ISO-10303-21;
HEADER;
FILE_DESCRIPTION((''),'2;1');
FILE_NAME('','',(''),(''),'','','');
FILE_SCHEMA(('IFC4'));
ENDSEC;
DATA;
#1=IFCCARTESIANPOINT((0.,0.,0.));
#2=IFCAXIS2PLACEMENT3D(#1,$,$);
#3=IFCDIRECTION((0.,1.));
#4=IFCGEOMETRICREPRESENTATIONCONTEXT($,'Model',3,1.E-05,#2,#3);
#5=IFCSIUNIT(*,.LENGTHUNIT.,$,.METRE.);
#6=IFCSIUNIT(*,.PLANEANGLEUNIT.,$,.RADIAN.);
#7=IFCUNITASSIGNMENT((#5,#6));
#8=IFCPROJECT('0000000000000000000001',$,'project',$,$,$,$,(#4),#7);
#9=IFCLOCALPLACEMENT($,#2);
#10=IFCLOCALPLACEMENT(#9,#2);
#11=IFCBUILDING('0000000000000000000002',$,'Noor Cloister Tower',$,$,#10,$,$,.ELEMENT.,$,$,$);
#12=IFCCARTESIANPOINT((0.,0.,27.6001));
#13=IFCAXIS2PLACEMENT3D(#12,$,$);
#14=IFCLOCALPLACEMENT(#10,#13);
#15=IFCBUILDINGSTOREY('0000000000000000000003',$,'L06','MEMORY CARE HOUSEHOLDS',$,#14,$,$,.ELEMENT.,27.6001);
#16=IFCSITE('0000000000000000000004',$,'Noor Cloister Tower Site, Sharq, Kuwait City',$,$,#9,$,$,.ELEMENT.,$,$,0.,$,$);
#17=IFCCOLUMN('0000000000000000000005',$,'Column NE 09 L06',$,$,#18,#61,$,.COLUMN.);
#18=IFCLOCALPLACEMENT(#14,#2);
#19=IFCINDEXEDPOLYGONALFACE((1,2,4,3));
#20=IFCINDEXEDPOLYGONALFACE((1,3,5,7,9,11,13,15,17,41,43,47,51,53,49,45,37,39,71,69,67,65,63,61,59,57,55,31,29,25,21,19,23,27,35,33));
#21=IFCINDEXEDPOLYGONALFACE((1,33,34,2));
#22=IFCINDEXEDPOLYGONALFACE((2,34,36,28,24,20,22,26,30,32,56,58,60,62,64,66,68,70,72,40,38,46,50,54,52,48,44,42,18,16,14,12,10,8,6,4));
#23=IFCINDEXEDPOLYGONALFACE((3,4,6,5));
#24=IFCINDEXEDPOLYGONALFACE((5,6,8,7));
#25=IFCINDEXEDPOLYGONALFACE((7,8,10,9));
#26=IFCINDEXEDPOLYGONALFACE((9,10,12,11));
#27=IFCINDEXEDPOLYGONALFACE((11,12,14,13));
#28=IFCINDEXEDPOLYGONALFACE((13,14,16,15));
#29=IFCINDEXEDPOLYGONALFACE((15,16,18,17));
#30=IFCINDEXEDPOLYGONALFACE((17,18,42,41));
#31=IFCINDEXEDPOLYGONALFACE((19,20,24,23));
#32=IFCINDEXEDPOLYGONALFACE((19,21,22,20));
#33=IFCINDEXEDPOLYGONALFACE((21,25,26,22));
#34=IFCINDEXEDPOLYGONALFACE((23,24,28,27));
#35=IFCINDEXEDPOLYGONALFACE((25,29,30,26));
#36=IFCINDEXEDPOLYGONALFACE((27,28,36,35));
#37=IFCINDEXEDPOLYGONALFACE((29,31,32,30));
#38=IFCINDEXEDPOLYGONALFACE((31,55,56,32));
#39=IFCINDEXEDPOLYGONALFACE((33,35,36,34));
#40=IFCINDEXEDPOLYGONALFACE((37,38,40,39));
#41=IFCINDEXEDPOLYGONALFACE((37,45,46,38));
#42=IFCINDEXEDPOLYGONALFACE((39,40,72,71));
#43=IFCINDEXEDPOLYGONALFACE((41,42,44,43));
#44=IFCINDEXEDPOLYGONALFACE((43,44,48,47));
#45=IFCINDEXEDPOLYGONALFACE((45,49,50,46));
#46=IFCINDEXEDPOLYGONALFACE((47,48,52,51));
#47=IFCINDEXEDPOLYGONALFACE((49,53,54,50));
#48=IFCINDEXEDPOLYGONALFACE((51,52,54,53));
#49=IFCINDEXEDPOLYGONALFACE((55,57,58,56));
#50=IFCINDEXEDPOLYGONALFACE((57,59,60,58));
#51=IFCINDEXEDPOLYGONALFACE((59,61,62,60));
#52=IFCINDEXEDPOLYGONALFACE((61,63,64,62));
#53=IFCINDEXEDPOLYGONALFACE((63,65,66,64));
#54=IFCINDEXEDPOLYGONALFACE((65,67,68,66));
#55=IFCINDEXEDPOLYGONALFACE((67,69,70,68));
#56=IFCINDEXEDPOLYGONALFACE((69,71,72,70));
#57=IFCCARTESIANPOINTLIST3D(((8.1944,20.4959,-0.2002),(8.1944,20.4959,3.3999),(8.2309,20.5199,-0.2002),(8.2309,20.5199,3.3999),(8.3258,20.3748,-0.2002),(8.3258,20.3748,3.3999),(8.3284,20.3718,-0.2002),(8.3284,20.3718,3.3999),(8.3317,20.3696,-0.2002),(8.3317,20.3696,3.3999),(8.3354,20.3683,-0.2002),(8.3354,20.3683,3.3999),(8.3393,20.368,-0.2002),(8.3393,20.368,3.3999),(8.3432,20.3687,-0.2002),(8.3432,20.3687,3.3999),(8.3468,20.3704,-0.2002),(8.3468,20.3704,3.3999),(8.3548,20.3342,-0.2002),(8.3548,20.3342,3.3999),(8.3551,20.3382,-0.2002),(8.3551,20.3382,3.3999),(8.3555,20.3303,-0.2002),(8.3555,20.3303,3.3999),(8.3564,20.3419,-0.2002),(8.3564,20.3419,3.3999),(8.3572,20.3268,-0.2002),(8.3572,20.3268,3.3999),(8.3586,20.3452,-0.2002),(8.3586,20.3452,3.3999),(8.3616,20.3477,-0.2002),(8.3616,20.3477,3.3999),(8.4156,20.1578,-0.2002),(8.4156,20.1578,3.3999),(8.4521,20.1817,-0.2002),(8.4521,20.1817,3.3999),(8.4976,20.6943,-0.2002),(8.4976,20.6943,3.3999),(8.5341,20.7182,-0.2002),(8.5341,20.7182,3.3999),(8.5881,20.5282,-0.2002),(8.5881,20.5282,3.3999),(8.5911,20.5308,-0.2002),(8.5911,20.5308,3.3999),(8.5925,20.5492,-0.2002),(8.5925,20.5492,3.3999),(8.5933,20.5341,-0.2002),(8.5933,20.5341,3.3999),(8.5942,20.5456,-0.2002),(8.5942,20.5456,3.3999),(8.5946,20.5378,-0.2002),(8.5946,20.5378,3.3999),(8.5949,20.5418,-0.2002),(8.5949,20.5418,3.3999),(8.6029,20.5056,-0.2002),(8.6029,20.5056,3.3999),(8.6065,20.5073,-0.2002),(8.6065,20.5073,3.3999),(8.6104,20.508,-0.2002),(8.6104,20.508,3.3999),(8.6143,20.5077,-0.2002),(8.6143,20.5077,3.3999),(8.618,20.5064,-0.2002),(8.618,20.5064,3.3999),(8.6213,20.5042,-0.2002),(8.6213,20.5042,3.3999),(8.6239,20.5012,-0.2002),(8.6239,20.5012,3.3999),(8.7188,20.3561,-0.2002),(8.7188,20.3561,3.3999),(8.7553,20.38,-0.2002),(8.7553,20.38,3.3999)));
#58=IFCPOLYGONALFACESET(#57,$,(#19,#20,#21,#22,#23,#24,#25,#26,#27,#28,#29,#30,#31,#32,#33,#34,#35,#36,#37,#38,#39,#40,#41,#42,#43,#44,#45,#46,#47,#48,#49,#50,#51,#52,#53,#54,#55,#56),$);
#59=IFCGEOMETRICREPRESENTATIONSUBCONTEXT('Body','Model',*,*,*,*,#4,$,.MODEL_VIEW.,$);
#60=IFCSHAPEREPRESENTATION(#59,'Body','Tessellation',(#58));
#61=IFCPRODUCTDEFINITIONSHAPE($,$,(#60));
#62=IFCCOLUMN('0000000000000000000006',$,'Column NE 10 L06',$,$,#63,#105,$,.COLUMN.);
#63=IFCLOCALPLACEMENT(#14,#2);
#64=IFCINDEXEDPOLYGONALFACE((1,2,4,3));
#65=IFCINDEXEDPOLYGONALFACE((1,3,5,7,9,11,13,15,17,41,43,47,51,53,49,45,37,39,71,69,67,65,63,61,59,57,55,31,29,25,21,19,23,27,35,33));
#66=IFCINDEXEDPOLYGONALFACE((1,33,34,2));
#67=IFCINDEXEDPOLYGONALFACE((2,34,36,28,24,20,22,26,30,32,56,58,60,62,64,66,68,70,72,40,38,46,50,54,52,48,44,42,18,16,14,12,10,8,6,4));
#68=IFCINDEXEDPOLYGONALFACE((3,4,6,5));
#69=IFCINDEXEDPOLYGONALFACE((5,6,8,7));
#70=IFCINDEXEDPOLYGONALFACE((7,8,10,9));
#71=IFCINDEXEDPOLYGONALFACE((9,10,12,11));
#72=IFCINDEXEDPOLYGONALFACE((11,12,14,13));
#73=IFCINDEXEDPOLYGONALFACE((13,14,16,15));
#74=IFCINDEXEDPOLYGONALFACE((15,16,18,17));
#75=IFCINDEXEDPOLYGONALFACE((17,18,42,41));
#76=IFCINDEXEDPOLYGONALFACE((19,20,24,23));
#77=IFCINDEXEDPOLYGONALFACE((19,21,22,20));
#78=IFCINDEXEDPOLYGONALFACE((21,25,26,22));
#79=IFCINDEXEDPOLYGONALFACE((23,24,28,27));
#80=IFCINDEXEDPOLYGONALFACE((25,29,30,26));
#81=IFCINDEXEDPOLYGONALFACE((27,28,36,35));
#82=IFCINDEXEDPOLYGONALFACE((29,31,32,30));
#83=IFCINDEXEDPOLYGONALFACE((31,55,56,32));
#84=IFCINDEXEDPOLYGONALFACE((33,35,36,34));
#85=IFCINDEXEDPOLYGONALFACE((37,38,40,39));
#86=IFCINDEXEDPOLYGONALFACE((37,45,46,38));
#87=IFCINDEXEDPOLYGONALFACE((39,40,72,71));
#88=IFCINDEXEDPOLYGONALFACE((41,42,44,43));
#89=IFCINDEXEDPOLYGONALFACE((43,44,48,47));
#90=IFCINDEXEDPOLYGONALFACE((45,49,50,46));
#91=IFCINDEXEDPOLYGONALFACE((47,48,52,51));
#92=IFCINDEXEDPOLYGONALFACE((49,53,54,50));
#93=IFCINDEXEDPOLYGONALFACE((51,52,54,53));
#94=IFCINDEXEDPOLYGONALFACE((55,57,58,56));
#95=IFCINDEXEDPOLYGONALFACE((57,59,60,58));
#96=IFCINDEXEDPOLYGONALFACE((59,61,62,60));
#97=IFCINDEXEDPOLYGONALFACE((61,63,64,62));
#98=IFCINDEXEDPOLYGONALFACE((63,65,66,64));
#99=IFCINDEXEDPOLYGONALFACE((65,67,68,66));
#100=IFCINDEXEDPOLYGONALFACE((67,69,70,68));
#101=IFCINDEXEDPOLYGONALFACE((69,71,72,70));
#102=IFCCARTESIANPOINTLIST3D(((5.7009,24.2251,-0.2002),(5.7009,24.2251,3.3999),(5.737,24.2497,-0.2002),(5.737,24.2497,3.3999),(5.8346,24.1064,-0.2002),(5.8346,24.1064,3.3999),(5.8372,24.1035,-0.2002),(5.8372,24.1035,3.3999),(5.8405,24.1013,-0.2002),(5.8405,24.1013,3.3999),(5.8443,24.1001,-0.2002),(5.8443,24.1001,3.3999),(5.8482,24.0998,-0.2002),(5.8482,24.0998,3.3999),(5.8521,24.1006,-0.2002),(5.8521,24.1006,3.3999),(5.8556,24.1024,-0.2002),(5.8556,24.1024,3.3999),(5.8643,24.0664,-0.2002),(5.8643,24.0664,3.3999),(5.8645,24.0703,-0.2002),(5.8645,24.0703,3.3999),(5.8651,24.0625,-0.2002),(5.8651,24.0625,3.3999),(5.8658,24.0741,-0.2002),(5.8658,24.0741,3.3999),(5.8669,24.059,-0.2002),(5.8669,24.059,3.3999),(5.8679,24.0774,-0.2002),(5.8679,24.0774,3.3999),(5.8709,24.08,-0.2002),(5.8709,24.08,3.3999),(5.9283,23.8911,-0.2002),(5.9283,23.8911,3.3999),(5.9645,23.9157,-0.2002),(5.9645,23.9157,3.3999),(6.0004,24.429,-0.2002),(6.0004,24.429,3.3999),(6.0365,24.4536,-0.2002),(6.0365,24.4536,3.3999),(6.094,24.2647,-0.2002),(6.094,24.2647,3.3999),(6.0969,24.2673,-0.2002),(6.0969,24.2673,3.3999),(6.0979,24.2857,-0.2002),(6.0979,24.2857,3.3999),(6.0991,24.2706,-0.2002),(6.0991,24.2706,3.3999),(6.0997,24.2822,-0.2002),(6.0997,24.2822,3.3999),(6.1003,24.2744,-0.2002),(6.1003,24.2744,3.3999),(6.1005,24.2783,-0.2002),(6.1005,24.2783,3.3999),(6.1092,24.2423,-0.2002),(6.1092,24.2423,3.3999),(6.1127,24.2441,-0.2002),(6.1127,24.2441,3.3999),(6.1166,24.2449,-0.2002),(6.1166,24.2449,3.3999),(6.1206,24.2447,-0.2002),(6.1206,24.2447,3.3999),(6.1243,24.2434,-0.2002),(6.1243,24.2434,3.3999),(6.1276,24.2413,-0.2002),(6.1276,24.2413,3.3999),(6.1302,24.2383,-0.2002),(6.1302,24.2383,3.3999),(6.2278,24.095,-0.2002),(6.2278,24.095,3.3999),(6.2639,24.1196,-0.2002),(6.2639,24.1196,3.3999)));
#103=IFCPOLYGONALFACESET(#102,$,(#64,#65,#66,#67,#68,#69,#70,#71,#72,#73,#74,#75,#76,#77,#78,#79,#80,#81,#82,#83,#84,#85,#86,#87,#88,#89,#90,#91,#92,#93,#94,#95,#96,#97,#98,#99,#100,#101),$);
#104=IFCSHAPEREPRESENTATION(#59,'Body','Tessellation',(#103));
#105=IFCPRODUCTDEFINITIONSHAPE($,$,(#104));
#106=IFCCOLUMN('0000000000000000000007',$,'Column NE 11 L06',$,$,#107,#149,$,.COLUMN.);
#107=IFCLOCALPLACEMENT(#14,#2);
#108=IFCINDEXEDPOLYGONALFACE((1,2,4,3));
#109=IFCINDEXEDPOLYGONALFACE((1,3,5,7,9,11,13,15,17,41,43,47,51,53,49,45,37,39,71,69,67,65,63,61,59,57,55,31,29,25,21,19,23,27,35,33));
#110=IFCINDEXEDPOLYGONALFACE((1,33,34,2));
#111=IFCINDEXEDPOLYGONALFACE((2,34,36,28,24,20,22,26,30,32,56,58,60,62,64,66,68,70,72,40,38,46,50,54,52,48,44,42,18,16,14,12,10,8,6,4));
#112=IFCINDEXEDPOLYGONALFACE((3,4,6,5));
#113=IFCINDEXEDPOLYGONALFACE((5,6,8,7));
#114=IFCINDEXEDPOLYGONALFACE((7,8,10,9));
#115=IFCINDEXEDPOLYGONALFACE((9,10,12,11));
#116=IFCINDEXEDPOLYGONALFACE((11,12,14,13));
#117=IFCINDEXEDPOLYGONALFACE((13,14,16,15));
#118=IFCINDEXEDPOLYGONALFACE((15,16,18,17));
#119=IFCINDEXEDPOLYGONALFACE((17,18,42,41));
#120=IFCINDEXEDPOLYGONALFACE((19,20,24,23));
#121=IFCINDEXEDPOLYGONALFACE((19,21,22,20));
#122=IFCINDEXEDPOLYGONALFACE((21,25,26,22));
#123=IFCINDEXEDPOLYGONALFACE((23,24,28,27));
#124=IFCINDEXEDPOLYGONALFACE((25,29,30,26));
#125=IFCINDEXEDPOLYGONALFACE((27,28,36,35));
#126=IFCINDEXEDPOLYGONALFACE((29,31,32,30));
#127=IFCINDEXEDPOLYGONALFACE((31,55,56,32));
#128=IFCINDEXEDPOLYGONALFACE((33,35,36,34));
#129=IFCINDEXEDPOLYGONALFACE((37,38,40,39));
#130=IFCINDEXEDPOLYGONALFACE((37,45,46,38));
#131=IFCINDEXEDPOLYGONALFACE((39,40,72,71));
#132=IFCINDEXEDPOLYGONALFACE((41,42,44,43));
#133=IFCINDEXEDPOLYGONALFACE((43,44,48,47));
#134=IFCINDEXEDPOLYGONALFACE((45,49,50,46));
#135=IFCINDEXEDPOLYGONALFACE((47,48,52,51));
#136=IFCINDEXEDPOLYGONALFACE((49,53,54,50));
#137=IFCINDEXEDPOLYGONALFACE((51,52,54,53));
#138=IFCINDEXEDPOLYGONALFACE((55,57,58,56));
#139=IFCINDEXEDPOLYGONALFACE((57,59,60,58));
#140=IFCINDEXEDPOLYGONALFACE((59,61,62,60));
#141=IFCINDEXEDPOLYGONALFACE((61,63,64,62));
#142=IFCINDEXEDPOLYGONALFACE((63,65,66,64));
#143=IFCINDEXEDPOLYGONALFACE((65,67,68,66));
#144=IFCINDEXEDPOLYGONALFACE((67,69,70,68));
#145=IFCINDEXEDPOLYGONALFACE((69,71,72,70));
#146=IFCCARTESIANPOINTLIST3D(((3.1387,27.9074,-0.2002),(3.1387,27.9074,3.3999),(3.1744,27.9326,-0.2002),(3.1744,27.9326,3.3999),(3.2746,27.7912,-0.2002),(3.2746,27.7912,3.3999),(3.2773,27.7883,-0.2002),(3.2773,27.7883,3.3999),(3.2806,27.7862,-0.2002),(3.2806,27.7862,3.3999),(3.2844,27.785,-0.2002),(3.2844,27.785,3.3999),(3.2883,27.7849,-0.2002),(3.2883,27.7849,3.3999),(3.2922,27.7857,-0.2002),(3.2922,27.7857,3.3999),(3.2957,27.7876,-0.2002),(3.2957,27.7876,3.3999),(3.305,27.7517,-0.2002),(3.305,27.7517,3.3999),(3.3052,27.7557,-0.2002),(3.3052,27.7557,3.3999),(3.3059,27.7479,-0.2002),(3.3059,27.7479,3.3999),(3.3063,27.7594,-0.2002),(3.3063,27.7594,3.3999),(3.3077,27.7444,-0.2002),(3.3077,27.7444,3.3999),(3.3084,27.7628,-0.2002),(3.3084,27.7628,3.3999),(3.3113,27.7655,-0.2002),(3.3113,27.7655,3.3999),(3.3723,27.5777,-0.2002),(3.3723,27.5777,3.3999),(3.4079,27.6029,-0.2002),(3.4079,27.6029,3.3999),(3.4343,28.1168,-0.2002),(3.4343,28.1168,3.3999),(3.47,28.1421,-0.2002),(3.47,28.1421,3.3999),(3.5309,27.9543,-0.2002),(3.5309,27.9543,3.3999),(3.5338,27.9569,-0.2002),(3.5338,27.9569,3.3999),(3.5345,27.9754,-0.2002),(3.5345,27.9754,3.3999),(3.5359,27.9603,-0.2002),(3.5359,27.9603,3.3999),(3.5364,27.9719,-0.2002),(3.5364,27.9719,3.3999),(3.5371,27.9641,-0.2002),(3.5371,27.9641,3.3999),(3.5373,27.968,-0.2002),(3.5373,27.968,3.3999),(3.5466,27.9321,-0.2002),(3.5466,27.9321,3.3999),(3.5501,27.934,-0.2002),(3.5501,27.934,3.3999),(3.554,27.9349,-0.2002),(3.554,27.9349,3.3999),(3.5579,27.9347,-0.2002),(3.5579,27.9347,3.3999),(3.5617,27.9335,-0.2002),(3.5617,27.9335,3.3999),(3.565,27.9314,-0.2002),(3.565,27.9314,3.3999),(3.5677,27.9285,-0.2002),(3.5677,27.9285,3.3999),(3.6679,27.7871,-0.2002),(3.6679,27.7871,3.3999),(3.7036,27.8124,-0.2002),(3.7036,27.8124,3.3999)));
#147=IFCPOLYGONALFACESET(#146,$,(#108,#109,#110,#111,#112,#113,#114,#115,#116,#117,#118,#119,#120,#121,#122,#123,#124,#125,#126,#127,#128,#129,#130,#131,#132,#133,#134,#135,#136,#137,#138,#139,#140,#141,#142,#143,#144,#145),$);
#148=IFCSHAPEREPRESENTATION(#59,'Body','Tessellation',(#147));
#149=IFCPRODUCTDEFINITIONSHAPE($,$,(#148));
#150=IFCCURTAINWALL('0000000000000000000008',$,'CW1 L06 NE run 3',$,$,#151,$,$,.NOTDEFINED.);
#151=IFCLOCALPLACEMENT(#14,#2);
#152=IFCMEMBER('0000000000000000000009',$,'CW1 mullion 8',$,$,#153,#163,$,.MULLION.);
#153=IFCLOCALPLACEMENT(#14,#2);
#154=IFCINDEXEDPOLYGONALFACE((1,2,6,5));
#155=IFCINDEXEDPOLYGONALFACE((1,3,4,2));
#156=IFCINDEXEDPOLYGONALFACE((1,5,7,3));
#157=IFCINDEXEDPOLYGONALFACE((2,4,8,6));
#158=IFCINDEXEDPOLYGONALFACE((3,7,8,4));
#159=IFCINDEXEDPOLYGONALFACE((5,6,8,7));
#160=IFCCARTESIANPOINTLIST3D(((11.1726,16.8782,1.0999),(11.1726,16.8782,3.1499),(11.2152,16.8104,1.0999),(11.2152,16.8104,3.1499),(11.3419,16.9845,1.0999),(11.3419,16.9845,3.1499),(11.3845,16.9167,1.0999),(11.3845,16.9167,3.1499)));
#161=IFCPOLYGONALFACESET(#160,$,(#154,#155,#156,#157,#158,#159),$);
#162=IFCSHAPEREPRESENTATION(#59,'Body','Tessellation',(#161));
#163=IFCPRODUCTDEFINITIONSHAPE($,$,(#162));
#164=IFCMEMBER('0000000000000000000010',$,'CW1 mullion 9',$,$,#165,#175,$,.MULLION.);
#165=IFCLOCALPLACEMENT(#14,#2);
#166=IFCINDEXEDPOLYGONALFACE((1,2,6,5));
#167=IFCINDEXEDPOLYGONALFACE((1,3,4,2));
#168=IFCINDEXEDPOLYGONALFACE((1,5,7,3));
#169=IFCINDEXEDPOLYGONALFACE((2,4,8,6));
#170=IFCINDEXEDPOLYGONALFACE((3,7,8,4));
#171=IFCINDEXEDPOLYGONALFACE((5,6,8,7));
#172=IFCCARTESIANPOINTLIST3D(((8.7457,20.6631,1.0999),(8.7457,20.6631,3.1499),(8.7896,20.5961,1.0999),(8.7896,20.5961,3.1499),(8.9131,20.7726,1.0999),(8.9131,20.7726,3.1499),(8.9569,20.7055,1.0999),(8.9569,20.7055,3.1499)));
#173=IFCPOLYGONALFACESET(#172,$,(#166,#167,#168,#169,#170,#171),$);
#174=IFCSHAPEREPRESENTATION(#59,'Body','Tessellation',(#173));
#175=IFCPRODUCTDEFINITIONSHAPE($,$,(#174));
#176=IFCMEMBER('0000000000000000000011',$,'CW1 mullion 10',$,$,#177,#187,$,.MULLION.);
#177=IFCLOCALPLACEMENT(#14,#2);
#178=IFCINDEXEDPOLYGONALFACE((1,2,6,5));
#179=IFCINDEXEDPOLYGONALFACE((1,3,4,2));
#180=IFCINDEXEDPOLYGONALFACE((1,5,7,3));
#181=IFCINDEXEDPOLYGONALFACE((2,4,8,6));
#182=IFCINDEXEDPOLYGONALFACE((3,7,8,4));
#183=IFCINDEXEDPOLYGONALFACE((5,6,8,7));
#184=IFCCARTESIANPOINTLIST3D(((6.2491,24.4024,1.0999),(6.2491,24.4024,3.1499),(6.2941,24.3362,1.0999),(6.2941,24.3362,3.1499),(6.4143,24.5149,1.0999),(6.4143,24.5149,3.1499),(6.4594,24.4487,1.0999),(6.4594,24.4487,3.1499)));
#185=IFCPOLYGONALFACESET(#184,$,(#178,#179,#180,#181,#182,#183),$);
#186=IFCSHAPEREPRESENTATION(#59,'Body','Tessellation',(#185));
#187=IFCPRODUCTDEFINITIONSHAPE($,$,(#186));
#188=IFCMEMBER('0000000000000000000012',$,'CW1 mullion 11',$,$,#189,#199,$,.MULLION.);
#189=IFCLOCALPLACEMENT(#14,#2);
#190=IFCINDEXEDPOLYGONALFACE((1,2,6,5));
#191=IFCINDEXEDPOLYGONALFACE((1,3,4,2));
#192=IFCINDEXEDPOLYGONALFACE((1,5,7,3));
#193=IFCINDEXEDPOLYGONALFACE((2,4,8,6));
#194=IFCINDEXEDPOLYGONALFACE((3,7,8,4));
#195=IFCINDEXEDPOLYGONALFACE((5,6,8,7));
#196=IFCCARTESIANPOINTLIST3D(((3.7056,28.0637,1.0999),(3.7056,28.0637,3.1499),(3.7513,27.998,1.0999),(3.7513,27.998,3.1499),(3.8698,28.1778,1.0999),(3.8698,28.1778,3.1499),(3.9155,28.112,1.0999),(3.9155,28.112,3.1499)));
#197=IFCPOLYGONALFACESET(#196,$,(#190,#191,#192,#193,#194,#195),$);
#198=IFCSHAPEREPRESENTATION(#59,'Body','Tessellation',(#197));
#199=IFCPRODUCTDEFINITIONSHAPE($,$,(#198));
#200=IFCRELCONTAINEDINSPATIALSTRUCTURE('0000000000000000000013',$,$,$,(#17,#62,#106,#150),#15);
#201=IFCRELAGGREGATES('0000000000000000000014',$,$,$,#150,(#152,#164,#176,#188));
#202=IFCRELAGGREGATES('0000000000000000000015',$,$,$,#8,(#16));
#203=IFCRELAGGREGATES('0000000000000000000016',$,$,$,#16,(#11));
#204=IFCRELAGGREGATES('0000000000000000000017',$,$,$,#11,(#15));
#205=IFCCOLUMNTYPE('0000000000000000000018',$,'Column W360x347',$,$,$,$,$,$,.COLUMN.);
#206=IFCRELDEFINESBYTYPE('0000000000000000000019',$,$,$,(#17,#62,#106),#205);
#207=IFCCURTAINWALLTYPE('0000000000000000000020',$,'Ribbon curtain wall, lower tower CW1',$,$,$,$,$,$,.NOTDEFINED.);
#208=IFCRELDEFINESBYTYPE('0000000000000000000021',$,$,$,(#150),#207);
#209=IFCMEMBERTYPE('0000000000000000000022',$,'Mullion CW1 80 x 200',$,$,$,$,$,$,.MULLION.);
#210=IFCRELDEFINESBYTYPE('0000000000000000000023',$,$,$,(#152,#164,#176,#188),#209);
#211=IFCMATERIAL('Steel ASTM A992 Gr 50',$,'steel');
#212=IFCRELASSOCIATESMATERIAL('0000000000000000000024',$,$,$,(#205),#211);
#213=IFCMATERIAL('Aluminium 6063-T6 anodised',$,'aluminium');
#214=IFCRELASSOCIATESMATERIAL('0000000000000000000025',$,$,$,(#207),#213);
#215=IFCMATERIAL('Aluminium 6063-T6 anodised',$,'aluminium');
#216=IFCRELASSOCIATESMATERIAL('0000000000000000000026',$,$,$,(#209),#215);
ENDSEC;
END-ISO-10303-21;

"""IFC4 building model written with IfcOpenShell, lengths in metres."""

from ifc_helpers import new_model, si_unit, direction, frame, origin, origin_2d, place, context, subcontext, project, spatial, rectangle, i_section, extrude, material, material_profile, profile_set, type_object, element, aggregate, save


model = new_model("IFC4")

# Units and contexts
model_context = context("Model", 3, precision=1e-05, world=origin(), true_north=direction((0.0, 1.0)))
body_context = subcontext(model_context, "Body", "Model", "MODEL_VIEW")
ifc_project = project(units=[si_unit("LENGTHUNIT", "METRE"), si_unit("PLANEANGLEUNIT", "RADIAN")], contexts=[model_context])

# Site, building, storey
site_placement = place(None, origin())
site = spatial("IfcSite", under=ifc_project, at=site_placement, Name="Noor Cloister Tower Site, Sharq, Kuwait City", CompositionType="ELEMENT", RefElevation=0.0)
building_placement = place(site_placement, origin())
building = spatial("IfcBuilding", under=site, at=building_placement, Name="Noor Cloister Tower", CompositionType="ELEMENT")
storey_placement = place(building_placement, frame((0.0, 0.0, 27.6001)))
storey = spatial("IfcBuildingStorey", under=building, at=storey_placement, Name="L06", Description="MEMORY CARE HOUSEHOLDS", CompositionType="ELEMENT", Elevation=27.6001)

# Columns
ifc_material_1 = material(Name="Steel ASTM A992 Gr 50", Category="steel")
ifc_material_profile_1 = material_profile(ifc_material_1, i_section(OverallWidth=0.4041, OverallDepth=0.406, WebThickness=0.0271, FlangeThickness=0.0437, FilletRadius=0.0151, at=origin_2d()), Name="W360x347")
ifc_profile_set_1 = profile_set([ifc_material_profile_1], Name="Steel ASTM A992 Gr 50")
column_type = type_object("IfcColumnType", Name="Column W360x347", PredefinedType="COLUMN", material=ifc_profile_set_1)
for number, where, z_axis, x_axis, name in (
    (1, (8.4749, 20.438, -0.2002), (0.0, 0.0, 1.0), (-0.547405, 0.836868, 0.0), "Column NE 09 L06"),
    (2, (5.9824, 24.1724, -0.2002), (0.0, 0.0, 1.0), (-0.562837, 0.826568, 0.0), "Column NE 10 L06"),
    (3, (3.4211, 27.8599, -0.2002), (0.0, 0.0, 1.0), (-0.578076, 0.815983, 0.0), "Column NE 11 L06"),
):
    element("IfcColumn", number, at=place(storey_placement, frame(where, z_axis=z_axis, x_axis=x_axis)), inside=storey, type_object=column_type, Name=name, PredefinedType="COLUMN", context=body_context, shape_type="SweptSolid", body=[
        extrude(i_section(OverallWidth=0.4041, OverallDepth=0.406, WebThickness=0.0271, FlangeThickness=0.0437, FilletRadius=0.0151, at=origin_2d()), origin(), (0.0, 0.0, 1.0), 3.6001),
    ])

# Curtain wall, members
ifc_material_2 = material(Name="Aluminium 6063-T6 anodised", Category="aluminium")
curtain_wall_type = type_object("IfcCurtainWallType", Name="Ribbon curtain wall, lower tower CW1", PredefinedType="NOTDEFINED", material=ifc_material_2)
curtain_wall_placement = place(storey_placement, origin())
curtain_wall = element("IfcCurtainWall", 4, at=curtain_wall_placement, inside=storey, type_object=curtain_wall_type, Name="CW1 L06 NE run 3", PredefinedType="NOTDEFINED")
ifc_material_3 = material(Name="Aluminium 6063-T6 anodised", Category="aluminium")
ifc_material_profile_2 = material_profile(ifc_material_3, rectangle(XDim=0.2, YDim=0.0801, at=origin_2d()), Name="200 x 80 mullion")
ifc_profile_set_2 = profile_set([ifc_material_profile_2], Name="Aluminium 6063-T6 anodised")
member_type = type_object("IfcMemberType", Name="Mullion CW1 80 x 200", PredefinedType="MULLION", material=ifc_profile_set_2)
member_1_placement = place(storey_placement, frame((11.2786, 16.8975, 1.0999), z_axis=(0.0, 0.0, 1.0), x_axis=(-0.84688, -0.531785, 0.0)))
member_1 = element("IfcMember", 5, at=member_1_placement, type_object=member_type, Name="CW1 mullion 8", PredefinedType="MULLION", context=body_context, shape_type="SweptSolid", body=[
    extrude(rectangle(XDim=0.2, YDim=0.0801, at=origin_2d()), origin(), (0.0, 0.0, 1.0), 2.05),
])
member_2_placement = place(storey_placement, frame((8.8513, 20.6843, 1.0999), z_axis=(0.0, 0.0, 1.0), x_axis=(-0.836868, -0.547405, 0.0)))
member_2 = element("IfcMember", 6, at=member_2_placement, type_object=member_type, Name="CW1 mullion 9", PredefinedType="MULLION", context=body_context, shape_type="SweptSolid", body=[
    extrude(rectangle(XDim=0.2, YDim=0.0801, at=origin_2d()), origin(), (0.0, 0.0, 1.0), 2.05),
])
member_3_placement = place(storey_placement, frame((6.3542, 24.4255, 1.0999), z_axis=(0.0, 0.0, 1.0), x_axis=(-0.826568, -0.562837, 0.0)))
member_3 = element("IfcMember", 7, at=member_3_placement, type_object=member_type, Name="CW1 mullion 10", PredefinedType="MULLION", context=body_context, shape_type="SweptSolid", body=[
    extrude(rectangle(XDim=0.2, YDim=0.0801, at=origin_2d()), origin(), (0.0, 0.0, 1.0), 2.05),
])
member_4_placement = place(storey_placement, frame((3.8105, 28.0879, 1.0999), z_axis=(0.0, 0.0, 1.0), x_axis=(-0.821311, -0.570481, 0.0)))
member_4 = element("IfcMember", 8, at=member_4_placement, type_object=member_type, Name="CW1 mullion 11", PredefinedType="MULLION", context=body_context, shape_type="SweptSolid", body=[
    extrude(rectangle(XDim=0.2, YDim=0.0801, at=origin_2d()), origin(), (0.0, 0.0, 1.0), 2.05),
])

aggregate(curtain_wall, [member_1, member_2, member_3, member_4])

save(model, "model.ifc")
